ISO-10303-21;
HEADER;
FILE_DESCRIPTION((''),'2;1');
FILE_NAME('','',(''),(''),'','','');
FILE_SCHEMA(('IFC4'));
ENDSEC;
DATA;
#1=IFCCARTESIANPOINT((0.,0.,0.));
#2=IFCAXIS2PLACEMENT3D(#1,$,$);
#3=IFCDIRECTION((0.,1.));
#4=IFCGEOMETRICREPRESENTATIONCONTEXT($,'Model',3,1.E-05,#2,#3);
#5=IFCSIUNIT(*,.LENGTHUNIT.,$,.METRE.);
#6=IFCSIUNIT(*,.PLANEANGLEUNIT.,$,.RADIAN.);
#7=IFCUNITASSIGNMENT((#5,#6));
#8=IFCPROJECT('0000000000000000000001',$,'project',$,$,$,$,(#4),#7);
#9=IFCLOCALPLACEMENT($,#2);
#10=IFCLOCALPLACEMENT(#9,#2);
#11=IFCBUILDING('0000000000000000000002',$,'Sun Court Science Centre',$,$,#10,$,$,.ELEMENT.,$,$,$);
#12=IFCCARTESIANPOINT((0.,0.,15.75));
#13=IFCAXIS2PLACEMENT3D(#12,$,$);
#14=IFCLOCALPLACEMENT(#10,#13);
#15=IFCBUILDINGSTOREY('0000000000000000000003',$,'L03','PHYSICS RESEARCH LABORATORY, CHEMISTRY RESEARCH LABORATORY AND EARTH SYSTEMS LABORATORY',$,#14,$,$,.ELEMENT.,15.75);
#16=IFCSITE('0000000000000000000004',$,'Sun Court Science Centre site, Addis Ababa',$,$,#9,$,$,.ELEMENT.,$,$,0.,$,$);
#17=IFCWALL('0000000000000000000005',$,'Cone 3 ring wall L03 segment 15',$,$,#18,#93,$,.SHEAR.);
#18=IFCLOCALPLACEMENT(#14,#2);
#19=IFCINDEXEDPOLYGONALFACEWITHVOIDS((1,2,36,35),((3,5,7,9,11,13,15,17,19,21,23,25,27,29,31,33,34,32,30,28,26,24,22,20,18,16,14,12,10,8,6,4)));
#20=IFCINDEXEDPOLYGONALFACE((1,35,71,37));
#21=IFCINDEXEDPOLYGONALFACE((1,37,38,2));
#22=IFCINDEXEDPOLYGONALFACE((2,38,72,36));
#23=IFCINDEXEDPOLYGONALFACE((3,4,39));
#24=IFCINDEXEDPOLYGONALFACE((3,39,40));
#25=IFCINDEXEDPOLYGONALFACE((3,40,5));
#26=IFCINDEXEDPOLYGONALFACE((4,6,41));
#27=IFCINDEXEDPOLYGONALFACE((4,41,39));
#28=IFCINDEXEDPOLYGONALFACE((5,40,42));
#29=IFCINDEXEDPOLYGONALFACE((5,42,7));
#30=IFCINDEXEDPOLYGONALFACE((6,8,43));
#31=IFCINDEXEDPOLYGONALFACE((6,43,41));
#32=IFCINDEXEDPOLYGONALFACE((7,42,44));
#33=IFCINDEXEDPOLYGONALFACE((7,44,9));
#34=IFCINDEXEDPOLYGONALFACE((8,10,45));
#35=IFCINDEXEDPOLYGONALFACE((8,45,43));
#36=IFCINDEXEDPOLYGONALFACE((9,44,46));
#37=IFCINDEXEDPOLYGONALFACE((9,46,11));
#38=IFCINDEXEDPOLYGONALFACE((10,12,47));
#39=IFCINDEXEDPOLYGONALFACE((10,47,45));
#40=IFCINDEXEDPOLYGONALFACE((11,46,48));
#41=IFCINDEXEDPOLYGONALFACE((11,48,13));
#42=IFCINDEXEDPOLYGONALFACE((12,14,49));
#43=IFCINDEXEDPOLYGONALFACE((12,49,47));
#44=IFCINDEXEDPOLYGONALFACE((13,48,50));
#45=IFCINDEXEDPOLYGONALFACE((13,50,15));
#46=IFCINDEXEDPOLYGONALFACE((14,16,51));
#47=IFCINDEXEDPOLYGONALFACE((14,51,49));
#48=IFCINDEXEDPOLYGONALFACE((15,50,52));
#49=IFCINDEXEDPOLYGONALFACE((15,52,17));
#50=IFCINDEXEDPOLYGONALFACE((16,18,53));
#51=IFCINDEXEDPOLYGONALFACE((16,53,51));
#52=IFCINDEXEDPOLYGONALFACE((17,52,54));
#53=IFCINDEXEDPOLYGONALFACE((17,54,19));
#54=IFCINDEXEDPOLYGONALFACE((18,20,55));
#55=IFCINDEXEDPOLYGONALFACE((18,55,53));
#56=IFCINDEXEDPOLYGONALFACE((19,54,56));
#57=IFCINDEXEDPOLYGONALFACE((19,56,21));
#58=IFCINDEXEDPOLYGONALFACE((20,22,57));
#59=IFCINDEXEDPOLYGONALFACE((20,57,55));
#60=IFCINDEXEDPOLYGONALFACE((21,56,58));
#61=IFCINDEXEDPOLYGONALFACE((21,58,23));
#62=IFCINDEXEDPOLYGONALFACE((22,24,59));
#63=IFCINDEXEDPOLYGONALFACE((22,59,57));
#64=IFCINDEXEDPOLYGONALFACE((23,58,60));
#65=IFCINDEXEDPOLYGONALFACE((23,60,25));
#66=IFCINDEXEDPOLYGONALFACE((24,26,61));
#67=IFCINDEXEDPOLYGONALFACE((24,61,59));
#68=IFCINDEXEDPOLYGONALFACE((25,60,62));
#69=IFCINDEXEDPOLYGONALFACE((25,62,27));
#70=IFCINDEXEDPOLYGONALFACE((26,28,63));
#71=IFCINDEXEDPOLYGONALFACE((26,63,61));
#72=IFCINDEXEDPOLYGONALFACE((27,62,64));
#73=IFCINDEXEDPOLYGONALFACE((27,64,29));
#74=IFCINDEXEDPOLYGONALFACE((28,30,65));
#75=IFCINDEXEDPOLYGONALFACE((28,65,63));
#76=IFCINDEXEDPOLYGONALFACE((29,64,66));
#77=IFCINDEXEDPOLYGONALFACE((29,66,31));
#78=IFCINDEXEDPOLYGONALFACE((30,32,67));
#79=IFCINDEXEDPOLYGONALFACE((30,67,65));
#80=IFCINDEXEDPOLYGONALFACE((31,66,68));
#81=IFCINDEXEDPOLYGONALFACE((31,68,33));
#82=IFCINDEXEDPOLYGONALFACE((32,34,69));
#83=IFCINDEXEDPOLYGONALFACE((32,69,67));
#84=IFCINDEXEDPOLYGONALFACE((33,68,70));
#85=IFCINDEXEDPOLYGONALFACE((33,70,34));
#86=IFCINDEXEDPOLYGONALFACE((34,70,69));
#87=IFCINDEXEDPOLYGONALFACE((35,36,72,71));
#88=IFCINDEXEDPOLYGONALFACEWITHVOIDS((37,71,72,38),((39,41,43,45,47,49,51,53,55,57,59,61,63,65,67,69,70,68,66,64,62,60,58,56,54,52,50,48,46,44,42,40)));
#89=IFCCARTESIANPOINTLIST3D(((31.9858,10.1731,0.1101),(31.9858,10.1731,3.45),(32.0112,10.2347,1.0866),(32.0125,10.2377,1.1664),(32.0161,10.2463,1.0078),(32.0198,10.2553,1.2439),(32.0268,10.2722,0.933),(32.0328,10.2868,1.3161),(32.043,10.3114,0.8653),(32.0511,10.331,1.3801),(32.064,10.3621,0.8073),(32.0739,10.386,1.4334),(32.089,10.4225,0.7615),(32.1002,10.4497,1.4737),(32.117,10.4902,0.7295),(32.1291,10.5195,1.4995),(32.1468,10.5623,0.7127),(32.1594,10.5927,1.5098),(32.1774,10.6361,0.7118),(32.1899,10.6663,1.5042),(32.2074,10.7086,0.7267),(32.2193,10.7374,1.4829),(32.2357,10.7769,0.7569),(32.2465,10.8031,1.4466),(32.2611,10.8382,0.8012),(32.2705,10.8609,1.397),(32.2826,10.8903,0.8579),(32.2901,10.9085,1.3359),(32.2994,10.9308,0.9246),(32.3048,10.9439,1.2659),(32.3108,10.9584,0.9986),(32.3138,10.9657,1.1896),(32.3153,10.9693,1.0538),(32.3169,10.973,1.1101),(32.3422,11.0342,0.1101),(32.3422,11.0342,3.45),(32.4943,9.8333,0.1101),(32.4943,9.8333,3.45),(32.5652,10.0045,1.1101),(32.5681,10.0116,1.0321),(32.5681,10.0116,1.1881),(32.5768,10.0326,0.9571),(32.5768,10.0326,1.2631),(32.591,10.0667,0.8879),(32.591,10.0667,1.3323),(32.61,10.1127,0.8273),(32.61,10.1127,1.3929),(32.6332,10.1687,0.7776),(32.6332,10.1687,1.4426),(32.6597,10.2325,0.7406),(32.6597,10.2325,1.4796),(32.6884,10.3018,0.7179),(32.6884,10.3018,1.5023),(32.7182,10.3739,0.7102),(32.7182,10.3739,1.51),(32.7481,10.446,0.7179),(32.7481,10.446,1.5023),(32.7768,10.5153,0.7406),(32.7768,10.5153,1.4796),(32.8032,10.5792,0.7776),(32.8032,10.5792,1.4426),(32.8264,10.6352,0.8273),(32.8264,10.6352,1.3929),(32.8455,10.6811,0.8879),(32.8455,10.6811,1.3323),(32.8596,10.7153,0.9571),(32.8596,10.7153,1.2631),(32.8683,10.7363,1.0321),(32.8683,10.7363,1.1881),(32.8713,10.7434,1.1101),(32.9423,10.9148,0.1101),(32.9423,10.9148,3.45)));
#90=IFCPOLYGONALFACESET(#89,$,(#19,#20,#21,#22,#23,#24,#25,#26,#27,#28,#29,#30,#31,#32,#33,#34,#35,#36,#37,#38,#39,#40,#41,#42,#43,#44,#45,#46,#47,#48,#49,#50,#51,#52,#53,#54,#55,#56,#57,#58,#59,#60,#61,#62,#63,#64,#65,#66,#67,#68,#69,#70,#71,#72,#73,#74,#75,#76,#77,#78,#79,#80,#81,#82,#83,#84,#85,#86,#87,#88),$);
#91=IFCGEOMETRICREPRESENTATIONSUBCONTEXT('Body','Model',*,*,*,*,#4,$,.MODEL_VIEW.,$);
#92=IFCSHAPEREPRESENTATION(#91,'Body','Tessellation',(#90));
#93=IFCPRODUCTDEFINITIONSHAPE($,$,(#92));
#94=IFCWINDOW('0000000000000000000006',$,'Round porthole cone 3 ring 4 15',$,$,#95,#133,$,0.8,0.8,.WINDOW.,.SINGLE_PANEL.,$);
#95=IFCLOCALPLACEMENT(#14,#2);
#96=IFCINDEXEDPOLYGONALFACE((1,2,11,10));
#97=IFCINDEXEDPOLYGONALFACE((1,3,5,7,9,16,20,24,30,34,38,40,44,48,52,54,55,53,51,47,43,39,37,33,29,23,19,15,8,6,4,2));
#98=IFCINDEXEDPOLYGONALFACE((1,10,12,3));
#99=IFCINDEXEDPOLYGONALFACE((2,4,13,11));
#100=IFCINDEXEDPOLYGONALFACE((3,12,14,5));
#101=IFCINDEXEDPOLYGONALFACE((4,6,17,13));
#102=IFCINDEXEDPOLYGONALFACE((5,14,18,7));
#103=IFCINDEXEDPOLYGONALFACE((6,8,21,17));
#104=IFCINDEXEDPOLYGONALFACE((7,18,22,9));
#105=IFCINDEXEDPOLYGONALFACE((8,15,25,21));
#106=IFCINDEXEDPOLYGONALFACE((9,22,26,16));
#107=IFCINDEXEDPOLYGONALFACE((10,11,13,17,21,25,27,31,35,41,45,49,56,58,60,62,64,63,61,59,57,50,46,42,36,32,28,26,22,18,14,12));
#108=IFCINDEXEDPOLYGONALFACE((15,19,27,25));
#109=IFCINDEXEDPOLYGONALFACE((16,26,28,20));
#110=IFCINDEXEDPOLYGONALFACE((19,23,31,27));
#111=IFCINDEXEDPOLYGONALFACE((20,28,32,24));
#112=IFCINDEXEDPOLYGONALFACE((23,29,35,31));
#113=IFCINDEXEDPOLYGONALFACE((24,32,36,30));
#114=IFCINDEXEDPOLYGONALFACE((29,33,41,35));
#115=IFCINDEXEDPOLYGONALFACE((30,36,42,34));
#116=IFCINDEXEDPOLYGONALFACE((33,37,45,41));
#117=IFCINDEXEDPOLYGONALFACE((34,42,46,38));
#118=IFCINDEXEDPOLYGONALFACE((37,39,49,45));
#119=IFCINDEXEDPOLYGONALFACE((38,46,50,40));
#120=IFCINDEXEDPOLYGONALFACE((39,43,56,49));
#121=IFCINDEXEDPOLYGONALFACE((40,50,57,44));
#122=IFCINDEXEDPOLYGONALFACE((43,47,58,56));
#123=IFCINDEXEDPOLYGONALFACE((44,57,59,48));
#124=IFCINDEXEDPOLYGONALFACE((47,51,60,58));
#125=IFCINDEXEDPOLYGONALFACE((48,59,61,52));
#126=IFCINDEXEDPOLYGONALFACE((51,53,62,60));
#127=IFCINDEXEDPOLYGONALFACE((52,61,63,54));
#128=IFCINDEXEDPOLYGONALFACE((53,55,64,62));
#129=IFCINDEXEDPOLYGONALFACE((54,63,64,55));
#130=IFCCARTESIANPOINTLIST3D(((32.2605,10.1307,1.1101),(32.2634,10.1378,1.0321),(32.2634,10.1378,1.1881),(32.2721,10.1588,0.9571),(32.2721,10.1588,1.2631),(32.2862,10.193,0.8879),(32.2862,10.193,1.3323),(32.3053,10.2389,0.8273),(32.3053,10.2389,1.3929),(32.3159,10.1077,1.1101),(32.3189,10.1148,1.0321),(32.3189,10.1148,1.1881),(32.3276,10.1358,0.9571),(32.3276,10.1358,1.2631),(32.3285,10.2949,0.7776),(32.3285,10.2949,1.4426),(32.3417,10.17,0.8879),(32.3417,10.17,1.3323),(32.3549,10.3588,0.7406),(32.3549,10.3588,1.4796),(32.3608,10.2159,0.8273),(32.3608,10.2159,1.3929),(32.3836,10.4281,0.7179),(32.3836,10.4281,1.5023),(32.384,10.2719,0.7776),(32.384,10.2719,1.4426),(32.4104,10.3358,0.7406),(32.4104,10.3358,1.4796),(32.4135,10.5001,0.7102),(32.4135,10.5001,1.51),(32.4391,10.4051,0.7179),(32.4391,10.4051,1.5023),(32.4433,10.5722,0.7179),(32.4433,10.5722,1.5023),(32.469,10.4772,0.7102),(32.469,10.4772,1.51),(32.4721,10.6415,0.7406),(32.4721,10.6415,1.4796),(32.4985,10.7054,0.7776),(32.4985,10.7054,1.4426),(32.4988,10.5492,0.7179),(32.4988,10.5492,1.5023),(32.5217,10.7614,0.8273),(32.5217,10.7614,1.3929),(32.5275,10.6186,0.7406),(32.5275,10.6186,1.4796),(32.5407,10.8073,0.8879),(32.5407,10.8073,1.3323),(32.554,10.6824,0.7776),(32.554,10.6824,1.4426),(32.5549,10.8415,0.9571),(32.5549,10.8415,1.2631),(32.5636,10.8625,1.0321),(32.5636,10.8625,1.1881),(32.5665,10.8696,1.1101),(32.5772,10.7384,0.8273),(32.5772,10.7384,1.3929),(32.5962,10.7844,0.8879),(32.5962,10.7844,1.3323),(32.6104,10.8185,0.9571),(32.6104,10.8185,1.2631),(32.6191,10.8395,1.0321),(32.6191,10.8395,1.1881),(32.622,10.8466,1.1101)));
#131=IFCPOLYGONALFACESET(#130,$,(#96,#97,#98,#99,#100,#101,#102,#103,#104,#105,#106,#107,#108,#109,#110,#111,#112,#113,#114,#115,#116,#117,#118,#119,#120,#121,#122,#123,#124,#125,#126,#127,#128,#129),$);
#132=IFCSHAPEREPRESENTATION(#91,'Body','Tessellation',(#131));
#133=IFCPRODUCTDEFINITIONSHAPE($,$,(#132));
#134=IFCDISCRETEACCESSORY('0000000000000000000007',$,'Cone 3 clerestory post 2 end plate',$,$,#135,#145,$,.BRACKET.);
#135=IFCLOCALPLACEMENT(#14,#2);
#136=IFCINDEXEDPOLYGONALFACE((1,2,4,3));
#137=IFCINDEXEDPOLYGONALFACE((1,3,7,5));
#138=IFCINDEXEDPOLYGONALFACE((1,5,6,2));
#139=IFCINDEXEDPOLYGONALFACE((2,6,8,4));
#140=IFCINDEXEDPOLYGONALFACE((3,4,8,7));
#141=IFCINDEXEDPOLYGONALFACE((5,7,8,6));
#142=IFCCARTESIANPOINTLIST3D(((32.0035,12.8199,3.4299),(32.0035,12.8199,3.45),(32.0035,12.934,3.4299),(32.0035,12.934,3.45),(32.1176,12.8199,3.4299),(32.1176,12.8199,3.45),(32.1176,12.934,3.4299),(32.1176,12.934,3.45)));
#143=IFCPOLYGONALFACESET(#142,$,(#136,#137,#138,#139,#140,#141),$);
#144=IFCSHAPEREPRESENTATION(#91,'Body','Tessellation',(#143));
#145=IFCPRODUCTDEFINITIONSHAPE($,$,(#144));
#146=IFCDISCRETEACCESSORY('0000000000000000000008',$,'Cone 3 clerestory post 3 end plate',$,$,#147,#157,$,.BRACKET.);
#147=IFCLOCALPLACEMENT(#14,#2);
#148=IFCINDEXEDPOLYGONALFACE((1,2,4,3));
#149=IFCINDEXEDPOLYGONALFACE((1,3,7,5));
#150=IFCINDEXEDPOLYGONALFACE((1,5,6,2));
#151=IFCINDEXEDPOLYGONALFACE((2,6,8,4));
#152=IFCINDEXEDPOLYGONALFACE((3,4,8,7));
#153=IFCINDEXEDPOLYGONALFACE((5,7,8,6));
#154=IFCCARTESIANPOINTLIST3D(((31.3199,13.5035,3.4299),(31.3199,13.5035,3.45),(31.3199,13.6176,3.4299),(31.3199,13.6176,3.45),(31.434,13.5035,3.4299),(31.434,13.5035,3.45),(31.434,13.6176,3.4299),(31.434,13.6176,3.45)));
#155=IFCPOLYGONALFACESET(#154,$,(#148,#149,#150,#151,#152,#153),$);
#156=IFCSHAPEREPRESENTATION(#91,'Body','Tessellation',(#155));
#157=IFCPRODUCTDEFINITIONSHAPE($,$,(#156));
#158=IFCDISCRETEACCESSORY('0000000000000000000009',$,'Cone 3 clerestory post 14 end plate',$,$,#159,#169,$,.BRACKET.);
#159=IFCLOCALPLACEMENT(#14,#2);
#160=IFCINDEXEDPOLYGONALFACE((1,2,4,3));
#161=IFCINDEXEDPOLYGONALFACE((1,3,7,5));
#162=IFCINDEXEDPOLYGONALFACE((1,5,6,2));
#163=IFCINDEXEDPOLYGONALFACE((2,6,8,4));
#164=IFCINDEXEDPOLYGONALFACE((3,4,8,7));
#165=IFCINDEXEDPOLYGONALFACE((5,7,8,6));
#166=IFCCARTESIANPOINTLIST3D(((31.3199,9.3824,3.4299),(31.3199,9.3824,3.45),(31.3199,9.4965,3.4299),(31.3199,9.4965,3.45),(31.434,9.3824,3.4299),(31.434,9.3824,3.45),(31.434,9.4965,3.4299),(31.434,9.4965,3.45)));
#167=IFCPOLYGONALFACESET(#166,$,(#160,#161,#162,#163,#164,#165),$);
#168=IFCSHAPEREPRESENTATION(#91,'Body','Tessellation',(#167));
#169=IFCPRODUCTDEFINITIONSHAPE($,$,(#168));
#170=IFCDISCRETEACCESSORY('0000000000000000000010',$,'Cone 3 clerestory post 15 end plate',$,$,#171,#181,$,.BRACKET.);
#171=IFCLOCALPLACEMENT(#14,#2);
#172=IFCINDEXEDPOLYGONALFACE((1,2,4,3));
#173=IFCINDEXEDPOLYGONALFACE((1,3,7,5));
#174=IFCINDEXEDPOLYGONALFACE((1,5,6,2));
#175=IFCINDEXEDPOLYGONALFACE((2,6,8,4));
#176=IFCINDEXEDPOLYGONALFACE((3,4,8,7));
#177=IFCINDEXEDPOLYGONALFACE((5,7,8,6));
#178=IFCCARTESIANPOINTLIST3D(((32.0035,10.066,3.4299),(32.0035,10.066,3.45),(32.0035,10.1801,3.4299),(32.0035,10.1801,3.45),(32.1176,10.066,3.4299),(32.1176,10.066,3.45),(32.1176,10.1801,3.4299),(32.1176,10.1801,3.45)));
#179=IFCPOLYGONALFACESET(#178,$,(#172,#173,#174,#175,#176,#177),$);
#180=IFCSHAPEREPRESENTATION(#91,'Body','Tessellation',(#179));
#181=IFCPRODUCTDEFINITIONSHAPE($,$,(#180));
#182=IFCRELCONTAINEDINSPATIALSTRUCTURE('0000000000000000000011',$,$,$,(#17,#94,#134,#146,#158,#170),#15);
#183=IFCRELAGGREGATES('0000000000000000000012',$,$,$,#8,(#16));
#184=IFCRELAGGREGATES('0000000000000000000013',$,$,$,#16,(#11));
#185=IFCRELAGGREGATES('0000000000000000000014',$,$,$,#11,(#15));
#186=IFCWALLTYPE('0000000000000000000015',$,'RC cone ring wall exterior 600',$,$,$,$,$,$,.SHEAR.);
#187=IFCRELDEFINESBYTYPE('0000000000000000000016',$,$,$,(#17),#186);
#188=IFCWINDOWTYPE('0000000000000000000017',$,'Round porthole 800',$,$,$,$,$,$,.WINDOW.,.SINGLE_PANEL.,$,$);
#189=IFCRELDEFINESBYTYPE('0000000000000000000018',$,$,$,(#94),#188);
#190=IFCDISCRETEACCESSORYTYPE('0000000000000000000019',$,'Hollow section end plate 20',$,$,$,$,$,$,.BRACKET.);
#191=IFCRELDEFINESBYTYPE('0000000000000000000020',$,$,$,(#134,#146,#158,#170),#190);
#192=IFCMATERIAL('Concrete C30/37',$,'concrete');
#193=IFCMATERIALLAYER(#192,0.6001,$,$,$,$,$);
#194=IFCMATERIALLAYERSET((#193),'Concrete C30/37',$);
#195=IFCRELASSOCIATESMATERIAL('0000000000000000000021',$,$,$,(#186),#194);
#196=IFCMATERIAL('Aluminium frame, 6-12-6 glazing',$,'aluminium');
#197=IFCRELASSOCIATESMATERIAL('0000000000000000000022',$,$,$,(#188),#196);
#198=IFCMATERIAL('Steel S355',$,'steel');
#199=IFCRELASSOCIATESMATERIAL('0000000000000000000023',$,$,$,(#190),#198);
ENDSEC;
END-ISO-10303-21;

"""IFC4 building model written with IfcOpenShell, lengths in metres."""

from ifc_helpers import new_model, si_unit, direction, frame, frame_2d, origin, origin_2d, place, context, subcontext, project, spatial, polyline, rectangle, circle, outline, extrude, material, layer, layer_set, type_object, element, fill, save


model = new_model("IFC4")

# Units and contexts
model_context = context("Model", 3, precision=1e-05, world=origin(), true_north=direction((0.0, 1.0)))
body_context = subcontext(model_context, "Body", "Model", "MODEL_VIEW")
ifc_project = project(units=[si_unit("LENGTHUNIT", "METRE"), si_unit("PLANEANGLEUNIT", "RADIAN")], contexts=[model_context])

# Site, building, storey
site_placement = place(None, origin())
site = spatial("IfcSite", under=ifc_project, at=site_placement, Name="Sun Court Science Centre site, Addis Ababa", CompositionType="ELEMENT", RefElevation=0.0)
building_placement = place(site_placement, origin())
building = spatial("IfcBuilding", under=site, at=building_placement, Name="Sun Court Science Centre", CompositionType="ELEMENT")
storey_placement = place(building_placement, frame((0.0, 0.0, 15.75)))
storey = spatial("IfcBuildingStorey", under=building, at=storey_placement, Name="L03", Description="PHYSICS RESEARCH LABORATORY, CHEMISTRY RESEARCH LABORATORY AND EARTH SYSTEMS LABORATORY", CompositionType="ELEMENT", Elevation=15.75)

# Wall, opening, window
ifc_material_1 = material(Name="Concrete C30/37", Category="concrete")
ifc_layer = layer(ifc_material_1, 0.6001)
ifc_layer_set = layer_set([ifc_layer], Name="Concrete C30/37")
wall_type = type_object("IfcWallType", Name="RC cone ring wall exterior 600", PredefinedType="SHEAR", material=ifc_layer_set)
ifc_material_2 = material(Name="Aluminium frame, 6-12-6 glazing", Category="aluminium")
window_type = type_object("IfcWindowType", Name="Round porthole 800", PartitioningType="SINGLE_PANEL", PredefinedType="WINDOW", material=ifc_material_2)
wall_1_placement = place(storey_placement, frame((32.2173, 9.948, 0.1101), z_axis=(0.0, 0.0, 1.0), x_axis=(0.382689, 0.923877, 0.0)))
wall_1 = element("IfcWall", 1, at=wall_1_placement, inside=storey, type_object=wall_type, Name="Cone 3 ring wall L03 segment 15", PredefinedType="SHEAR", context=body_context, shape_type="SweptSolid", body=[
    extrude(outline(polyline([(0.0, -0.2998), (1.1707, -0.2998), (1.0513, 0.3003), (0.1194, 0.3), (0.0, -0.2998)])), origin(), (0.0, 0.0, 1.0), 3.3398),
])
opening_1_placement = place(wall_1_placement, frame((0.1853, 0.0, 0.6001)))
opening_1 = element("IfcOpeningElement", 2, at=opening_1_placement, cuts=wall_1, PredefinedType="OPENING", context=body_context, shape_type="SweptSolid", body=[
    extrude(circle(Radius=0.3999, at=frame_2d((0.3999, 0.3999))), frame((0.0, 0.3101, 0.0), z_axis=(0.0, -1.0, 0.0), x_axis=(1.0, 0.0, 0.0)), (0.0, 0.0, 1.0), 0.6201),
])
window_1_placement = place(opening_1_placement, origin())
window_1 = element("IfcWindow", 3, at=window_1_placement, inside=storey, type_object=window_type, Name="Round porthole cone 3 ring 4 15", OverallHeight=0.8, OverallWidth=0.8, PartitioningType="SINGLE_PANEL", PredefinedType="WINDOW", context=body_context, shape_type="SweptSolid", body=[
    extrude(circle(Radius=0.3999, at=frame_2d((0.3999, 0.3999))), frame((0.0, 0.03, 0.0), z_axis=(0.0, -1.0, 0.0), x_axis=(1.0, 0.0, 0.0)), (0.0, 0.0, 1.0), 0.0601),
])
fill(opening_1, window_1)

# Discrete accessories
ifc_material_3 = material(Name="Steel S355", Category="steel")
discrete_accessory_type = type_object("IfcDiscreteAccessoryType", Name="Hollow section end plate 20", PredefinedType="BRACKET", material=ifc_material_3)
for number, where, z_axis, x_axis, name in (
    (4, (32.0605, 12.877, 3.4299), (0.0, 0.0, 1.0), (1.0, 0.0, 0.0), "Cone 3 clerestory post 2 end plate"),
    (5, (31.377, 13.5605, 3.4299), (0.0, 0.0, 1.0), (1.0, 0.0, 0.0), "Cone 3 clerestory post 3 end plate"),
    (6, (31.377, 9.4395, 3.4299), (0.0, 0.0, 1.0), (1.0, 0.0, 0.0), "Cone 3 clerestory post 14 end plate"),
    (7, (32.0605, 10.123, 3.4299), (0.0, 0.0, 1.0), (1.0, 0.0, 0.0), "Cone 3 clerestory post 15 end plate"),
):
    element("IfcDiscreteAccessory", number, at=place(storey_placement, frame(where, z_axis=z_axis, x_axis=x_axis)), inside=storey, type_object=discrete_accessory_type, Name=name, PredefinedType="BRACKET", context=body_context, shape_type="SweptSolid", body=[
        extrude(rectangle(XDim=0.114, YDim=0.114, at=origin_2d()), origin(), (0.0, 0.0, 1.0), 0.02),
    ])

save(model, "model.ifc")
